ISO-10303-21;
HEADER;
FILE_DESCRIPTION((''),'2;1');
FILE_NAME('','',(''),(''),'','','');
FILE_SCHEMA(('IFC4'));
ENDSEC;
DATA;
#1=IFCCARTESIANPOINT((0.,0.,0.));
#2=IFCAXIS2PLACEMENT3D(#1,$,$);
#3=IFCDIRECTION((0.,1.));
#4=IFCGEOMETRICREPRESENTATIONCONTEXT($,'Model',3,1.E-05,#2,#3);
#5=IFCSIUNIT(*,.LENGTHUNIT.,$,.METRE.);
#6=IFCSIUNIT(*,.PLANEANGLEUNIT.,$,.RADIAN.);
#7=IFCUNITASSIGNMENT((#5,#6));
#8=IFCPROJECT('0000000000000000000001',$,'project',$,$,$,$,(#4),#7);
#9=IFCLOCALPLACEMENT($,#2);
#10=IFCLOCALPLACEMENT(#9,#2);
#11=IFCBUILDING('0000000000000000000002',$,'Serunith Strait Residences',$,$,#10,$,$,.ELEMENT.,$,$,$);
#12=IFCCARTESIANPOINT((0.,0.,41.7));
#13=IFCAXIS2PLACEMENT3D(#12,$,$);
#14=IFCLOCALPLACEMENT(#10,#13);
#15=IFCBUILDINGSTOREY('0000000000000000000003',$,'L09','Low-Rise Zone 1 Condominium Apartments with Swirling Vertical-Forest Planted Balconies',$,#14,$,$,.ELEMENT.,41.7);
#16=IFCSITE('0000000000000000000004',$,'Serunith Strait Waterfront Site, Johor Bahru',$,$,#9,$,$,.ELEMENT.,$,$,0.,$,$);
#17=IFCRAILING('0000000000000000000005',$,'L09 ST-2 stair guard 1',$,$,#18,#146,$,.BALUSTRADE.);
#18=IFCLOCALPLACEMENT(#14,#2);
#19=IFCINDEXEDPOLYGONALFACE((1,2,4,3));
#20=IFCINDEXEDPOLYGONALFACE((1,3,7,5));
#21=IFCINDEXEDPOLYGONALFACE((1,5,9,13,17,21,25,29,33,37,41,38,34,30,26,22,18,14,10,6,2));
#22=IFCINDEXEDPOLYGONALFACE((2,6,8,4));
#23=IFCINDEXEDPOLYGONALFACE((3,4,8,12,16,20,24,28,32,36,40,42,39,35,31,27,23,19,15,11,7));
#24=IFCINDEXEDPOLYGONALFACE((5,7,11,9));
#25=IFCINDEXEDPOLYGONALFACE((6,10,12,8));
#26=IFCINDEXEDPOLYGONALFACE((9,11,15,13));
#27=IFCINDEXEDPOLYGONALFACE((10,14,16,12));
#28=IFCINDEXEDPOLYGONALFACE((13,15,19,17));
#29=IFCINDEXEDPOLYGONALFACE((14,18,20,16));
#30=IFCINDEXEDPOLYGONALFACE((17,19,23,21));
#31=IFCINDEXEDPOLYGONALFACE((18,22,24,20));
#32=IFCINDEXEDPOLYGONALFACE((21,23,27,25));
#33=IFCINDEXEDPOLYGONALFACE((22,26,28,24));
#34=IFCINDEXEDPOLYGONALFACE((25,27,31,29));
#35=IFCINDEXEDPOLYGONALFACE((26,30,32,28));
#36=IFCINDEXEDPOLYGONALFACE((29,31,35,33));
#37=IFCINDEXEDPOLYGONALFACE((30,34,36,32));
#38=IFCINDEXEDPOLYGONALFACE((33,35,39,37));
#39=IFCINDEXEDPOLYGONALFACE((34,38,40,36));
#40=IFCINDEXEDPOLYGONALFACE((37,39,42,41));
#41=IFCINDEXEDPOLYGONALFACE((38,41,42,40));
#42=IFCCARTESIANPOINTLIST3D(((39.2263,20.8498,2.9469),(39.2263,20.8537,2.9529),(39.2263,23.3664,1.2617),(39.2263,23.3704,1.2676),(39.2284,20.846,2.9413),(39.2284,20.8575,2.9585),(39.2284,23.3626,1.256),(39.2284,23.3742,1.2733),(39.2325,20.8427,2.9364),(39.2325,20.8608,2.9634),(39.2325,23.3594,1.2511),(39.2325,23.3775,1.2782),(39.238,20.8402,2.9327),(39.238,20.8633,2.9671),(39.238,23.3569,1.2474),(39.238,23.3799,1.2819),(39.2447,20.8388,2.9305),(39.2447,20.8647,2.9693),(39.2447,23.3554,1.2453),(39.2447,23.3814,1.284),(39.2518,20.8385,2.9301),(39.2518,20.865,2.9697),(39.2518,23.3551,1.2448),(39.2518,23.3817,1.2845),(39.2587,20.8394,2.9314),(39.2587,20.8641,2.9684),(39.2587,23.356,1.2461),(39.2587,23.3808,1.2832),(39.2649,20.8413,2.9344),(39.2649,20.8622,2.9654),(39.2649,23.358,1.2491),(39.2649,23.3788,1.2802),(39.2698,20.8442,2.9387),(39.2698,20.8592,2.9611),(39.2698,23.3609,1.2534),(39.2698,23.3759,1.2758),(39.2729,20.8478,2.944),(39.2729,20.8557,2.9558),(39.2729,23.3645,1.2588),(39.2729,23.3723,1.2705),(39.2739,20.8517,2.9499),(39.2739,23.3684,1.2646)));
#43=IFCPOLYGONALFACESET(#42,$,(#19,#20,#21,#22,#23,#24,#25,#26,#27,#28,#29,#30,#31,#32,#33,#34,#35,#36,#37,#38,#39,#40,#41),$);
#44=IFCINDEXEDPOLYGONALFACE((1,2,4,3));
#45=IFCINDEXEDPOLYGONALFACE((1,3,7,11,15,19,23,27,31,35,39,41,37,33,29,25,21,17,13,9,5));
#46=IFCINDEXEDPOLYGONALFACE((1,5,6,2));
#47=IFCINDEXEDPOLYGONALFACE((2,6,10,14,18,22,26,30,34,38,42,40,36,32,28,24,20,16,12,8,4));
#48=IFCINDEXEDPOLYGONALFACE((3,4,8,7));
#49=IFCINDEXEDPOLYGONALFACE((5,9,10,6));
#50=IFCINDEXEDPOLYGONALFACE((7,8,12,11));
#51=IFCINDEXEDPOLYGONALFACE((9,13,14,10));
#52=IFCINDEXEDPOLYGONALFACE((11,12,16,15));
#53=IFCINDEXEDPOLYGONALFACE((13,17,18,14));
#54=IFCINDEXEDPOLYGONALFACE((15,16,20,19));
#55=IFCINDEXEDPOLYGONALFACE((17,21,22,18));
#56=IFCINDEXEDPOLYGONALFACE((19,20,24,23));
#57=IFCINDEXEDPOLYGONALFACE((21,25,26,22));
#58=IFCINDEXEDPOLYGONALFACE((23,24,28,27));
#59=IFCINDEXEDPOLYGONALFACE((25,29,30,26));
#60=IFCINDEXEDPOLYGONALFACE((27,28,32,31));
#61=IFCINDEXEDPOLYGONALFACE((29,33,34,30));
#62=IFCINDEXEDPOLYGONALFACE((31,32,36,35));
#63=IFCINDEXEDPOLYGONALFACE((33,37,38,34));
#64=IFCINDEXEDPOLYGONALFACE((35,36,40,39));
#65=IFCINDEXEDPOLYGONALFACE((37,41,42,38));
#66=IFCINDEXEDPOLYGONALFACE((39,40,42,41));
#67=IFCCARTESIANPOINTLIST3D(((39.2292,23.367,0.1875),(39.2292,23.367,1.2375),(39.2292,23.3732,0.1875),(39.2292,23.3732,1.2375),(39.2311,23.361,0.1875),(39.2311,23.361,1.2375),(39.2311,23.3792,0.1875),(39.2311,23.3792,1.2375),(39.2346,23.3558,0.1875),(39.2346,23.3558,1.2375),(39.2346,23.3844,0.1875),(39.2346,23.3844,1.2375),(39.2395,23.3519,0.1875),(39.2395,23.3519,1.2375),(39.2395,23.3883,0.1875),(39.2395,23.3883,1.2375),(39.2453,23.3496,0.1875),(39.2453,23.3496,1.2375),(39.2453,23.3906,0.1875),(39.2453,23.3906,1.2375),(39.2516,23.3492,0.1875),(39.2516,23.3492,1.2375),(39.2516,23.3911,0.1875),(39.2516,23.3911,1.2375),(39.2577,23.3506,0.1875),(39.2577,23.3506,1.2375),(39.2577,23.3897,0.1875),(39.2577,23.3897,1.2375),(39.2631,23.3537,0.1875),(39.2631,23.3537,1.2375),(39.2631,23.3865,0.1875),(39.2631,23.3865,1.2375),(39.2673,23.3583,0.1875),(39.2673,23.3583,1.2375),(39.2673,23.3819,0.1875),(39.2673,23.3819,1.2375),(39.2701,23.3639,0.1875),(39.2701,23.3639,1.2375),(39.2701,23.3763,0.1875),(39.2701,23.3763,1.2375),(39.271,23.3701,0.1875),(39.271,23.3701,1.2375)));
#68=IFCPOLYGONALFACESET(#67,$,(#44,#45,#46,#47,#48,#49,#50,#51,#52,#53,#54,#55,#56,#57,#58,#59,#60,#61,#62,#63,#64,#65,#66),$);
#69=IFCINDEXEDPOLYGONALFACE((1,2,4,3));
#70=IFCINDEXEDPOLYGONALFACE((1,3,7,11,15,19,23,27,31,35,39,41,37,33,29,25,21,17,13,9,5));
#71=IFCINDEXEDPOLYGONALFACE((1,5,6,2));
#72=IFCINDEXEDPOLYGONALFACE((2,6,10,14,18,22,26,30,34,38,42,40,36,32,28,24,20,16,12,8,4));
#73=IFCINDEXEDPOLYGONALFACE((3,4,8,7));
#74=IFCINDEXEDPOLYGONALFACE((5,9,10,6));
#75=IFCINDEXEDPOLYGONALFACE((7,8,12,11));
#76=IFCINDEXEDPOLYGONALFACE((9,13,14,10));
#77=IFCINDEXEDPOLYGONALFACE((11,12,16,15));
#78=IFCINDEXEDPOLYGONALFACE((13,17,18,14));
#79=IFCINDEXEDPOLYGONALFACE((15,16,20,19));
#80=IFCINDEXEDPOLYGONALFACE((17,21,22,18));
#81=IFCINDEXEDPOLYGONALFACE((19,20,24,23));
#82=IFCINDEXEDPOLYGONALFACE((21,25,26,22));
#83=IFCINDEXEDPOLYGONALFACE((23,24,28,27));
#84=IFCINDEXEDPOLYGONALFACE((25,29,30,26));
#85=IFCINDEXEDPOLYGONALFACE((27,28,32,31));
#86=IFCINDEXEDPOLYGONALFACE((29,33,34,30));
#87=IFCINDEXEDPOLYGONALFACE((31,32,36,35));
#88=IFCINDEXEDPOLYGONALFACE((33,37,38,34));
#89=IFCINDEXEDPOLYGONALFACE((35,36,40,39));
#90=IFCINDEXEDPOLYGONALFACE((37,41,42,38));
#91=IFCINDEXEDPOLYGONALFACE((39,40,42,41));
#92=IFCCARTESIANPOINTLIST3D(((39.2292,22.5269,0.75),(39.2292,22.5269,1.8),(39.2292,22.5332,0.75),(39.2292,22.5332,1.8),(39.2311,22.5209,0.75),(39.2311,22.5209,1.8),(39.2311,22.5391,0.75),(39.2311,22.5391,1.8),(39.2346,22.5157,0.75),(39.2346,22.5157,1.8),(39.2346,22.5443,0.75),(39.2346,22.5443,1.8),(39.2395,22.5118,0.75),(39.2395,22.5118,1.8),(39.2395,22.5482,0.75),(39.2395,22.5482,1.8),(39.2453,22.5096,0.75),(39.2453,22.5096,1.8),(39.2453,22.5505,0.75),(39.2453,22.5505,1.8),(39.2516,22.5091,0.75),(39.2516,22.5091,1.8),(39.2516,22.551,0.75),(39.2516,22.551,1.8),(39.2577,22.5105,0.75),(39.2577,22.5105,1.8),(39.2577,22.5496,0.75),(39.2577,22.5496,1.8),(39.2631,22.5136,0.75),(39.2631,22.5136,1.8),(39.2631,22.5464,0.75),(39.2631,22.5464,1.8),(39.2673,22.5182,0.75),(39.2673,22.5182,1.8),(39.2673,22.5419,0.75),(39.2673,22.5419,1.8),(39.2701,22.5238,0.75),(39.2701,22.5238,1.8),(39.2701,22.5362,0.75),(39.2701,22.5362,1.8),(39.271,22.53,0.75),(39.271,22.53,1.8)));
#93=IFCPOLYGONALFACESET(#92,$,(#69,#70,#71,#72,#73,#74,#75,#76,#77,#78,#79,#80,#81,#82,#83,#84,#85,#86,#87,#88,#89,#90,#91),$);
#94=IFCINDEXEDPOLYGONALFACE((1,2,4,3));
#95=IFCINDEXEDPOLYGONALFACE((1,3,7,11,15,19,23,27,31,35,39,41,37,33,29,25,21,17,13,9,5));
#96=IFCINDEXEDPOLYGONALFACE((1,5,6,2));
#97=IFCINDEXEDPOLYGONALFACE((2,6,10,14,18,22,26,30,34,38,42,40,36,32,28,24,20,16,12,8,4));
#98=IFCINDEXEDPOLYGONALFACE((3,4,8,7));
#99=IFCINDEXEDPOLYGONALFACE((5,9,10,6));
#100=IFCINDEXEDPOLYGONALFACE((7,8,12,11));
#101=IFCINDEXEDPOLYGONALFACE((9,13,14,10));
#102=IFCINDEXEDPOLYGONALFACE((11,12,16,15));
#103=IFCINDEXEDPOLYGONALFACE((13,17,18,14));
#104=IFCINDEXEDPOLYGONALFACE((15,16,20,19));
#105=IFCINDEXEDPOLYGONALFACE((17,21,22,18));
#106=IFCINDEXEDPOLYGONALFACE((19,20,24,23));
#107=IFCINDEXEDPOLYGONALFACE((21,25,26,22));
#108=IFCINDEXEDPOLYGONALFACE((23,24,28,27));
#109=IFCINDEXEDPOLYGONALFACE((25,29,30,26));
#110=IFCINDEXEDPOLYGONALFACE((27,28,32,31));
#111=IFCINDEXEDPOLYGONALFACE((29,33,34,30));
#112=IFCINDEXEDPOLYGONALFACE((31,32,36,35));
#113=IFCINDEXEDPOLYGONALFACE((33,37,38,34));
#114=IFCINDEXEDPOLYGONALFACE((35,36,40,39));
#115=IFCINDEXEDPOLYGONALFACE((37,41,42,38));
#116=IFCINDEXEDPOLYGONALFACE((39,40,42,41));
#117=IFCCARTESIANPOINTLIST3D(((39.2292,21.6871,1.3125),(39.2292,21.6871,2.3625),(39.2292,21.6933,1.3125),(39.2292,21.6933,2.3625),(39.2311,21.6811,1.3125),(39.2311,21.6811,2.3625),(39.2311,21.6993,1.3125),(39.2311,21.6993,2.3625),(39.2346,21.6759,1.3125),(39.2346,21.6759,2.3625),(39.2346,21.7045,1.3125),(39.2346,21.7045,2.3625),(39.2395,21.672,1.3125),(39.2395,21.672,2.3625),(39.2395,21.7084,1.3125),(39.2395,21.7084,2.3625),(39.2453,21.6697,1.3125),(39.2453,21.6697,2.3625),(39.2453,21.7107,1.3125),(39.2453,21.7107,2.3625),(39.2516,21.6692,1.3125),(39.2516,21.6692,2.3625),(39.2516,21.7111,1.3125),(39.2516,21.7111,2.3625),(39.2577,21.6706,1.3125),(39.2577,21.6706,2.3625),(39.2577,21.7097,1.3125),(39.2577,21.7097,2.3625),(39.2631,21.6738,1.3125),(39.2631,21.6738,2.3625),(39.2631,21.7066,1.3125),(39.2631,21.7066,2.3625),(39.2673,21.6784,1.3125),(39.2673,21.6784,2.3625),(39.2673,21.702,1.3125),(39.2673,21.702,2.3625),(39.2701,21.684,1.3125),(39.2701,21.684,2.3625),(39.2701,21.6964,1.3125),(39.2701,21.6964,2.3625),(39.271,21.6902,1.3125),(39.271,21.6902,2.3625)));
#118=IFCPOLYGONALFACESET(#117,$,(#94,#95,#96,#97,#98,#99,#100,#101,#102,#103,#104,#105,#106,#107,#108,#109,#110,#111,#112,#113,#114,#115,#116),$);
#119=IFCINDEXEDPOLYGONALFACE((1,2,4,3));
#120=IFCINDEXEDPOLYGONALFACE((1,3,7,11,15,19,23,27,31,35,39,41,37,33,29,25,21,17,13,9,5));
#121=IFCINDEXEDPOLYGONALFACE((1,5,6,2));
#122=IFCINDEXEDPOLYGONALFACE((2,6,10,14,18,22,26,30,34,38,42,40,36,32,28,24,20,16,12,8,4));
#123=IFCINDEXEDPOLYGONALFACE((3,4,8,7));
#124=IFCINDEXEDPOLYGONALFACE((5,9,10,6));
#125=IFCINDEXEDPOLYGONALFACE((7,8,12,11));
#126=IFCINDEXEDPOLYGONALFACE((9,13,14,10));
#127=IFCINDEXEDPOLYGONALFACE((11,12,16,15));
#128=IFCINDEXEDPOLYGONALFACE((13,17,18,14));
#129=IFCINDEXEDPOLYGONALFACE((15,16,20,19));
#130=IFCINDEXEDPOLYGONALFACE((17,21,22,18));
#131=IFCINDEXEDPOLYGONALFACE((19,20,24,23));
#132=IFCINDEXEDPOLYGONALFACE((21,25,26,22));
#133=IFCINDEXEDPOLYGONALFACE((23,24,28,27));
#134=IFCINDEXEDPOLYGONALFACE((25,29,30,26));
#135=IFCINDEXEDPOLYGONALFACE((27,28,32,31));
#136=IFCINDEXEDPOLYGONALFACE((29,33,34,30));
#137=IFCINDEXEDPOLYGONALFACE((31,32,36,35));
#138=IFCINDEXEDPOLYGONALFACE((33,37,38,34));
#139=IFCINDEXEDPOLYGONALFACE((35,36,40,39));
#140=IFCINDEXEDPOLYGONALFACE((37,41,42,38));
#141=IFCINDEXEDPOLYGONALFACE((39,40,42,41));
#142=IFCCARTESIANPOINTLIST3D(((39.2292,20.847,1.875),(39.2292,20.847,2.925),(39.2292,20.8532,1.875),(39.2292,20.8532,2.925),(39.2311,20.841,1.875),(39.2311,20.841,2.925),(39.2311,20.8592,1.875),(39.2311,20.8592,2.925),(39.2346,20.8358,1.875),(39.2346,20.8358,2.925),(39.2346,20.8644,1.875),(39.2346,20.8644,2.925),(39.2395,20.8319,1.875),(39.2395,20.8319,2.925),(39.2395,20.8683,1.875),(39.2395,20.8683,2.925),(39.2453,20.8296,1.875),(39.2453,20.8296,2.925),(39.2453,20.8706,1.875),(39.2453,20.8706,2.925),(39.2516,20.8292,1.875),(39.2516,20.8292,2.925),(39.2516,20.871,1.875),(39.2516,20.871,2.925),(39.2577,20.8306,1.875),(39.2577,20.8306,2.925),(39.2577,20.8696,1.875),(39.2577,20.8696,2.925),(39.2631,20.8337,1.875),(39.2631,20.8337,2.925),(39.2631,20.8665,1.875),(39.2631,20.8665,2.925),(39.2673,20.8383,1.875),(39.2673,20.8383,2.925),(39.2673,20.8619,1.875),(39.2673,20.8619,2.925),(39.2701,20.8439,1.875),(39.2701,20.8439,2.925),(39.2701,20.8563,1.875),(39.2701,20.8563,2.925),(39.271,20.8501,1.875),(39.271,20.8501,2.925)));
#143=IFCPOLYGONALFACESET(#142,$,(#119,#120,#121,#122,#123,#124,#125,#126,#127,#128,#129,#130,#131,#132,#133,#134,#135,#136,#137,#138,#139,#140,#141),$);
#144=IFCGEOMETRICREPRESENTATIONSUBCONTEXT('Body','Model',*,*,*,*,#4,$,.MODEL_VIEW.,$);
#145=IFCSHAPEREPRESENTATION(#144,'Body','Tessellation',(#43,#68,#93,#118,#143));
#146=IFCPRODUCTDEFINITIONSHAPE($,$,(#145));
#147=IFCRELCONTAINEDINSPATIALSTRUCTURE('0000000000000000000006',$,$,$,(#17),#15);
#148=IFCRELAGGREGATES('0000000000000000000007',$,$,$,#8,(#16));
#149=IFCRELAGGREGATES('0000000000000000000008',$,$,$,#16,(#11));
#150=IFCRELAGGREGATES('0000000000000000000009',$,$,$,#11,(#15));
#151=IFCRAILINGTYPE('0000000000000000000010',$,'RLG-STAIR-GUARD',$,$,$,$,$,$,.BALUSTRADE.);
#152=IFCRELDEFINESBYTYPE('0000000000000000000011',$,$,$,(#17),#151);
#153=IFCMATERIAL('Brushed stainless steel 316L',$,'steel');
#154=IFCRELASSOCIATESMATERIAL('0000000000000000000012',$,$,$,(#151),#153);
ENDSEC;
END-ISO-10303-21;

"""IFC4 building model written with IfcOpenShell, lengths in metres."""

from ifc_helpers import new_model, si_unit, direction, frame, origin, origin_2d, place, context, subcontext, project, spatial, circle, extrude, material, type_object, element, save


model = new_model("IFC4")

# Units and contexts
model_context = context("Model", 3, precision=1e-05, world=origin(), true_north=direction((0.0, 1.0)))
body_context = subcontext(model_context, "Body", "Model", "MODEL_VIEW")
ifc_project = project(units=[si_unit("LENGTHUNIT", "METRE"), si_unit("PLANEANGLEUNIT", "RADIAN")], contexts=[model_context])

# Site, building, storey
site_placement = place(None, origin())
site = spatial("IfcSite", under=ifc_project, at=site_placement, Name="Serunith Strait Waterfront Site, Johor Bahru", CompositionType="ELEMENT", RefElevation=0.0)
building_placement = place(site_placement, origin())
building = spatial("IfcBuilding", under=site, at=building_placement, Name="Serunith Strait Residences", CompositionType="ELEMENT")
storey_placement = place(building_placement, frame((0.0, 0.0, 41.7)))
storey = spatial("IfcBuildingStorey", under=building, at=storey_placement, Name="L09", Description="Low-Rise Zone 1 Condominium Apartments with Swirling Vertical-Forest Planted Balconies", CompositionType="ELEMENT", Elevation=41.7)

# Railing
ifc_material_1 = material(Name="Brushed stainless steel 316L", Category="steel")
railing_type_1 = type_object("IfcRailingType", Name="RLG-STAIR-GUARD", PredefinedType="BALUSTRADE", material=ifc_material_1)
railing_1_placement = place(storey_placement, frame((39.25, 23.3701, 0.1875)))
element("IfcRailing", 1, at=railing_1_placement, inside=storey, type_object=railing_type_1, Name="L09 ST-2 stair guard 1", PredefinedType="BALUSTRADE", context=body_context, shape_type="SweptSolid", body=[
    extrude(circle(Radius=0.0239, at=origin_2d()), frame((0.0, -0.0017, 1.0771), z_axis=(0.0, -0.830909, 0.556408), x_axis=(1.0, 0.0, 0.0)), (0.0, 0.0, 1.0), 3.0288),
    extrude(circle(Radius=0.021, at=origin_2d()), origin(), (0.0, 0.0, 1.0), 1.05),
    extrude(circle(Radius=0.021, at=origin_2d()), frame((0.0, -0.8401, 0.5625)), (0.0, 0.0, 1.0), 1.05),
    extrude(circle(Radius=0.021, at=origin_2d()), frame((0.0, -1.6799, 1.125)), (0.0, 0.0, 1.0), 1.05),
    extrude(circle(Radius=0.021, at=origin_2d()), frame((0.0, -2.52, 1.6875)), (0.0, 0.0, 1.0), 1.05),
])

save(model, "model.ifc")
